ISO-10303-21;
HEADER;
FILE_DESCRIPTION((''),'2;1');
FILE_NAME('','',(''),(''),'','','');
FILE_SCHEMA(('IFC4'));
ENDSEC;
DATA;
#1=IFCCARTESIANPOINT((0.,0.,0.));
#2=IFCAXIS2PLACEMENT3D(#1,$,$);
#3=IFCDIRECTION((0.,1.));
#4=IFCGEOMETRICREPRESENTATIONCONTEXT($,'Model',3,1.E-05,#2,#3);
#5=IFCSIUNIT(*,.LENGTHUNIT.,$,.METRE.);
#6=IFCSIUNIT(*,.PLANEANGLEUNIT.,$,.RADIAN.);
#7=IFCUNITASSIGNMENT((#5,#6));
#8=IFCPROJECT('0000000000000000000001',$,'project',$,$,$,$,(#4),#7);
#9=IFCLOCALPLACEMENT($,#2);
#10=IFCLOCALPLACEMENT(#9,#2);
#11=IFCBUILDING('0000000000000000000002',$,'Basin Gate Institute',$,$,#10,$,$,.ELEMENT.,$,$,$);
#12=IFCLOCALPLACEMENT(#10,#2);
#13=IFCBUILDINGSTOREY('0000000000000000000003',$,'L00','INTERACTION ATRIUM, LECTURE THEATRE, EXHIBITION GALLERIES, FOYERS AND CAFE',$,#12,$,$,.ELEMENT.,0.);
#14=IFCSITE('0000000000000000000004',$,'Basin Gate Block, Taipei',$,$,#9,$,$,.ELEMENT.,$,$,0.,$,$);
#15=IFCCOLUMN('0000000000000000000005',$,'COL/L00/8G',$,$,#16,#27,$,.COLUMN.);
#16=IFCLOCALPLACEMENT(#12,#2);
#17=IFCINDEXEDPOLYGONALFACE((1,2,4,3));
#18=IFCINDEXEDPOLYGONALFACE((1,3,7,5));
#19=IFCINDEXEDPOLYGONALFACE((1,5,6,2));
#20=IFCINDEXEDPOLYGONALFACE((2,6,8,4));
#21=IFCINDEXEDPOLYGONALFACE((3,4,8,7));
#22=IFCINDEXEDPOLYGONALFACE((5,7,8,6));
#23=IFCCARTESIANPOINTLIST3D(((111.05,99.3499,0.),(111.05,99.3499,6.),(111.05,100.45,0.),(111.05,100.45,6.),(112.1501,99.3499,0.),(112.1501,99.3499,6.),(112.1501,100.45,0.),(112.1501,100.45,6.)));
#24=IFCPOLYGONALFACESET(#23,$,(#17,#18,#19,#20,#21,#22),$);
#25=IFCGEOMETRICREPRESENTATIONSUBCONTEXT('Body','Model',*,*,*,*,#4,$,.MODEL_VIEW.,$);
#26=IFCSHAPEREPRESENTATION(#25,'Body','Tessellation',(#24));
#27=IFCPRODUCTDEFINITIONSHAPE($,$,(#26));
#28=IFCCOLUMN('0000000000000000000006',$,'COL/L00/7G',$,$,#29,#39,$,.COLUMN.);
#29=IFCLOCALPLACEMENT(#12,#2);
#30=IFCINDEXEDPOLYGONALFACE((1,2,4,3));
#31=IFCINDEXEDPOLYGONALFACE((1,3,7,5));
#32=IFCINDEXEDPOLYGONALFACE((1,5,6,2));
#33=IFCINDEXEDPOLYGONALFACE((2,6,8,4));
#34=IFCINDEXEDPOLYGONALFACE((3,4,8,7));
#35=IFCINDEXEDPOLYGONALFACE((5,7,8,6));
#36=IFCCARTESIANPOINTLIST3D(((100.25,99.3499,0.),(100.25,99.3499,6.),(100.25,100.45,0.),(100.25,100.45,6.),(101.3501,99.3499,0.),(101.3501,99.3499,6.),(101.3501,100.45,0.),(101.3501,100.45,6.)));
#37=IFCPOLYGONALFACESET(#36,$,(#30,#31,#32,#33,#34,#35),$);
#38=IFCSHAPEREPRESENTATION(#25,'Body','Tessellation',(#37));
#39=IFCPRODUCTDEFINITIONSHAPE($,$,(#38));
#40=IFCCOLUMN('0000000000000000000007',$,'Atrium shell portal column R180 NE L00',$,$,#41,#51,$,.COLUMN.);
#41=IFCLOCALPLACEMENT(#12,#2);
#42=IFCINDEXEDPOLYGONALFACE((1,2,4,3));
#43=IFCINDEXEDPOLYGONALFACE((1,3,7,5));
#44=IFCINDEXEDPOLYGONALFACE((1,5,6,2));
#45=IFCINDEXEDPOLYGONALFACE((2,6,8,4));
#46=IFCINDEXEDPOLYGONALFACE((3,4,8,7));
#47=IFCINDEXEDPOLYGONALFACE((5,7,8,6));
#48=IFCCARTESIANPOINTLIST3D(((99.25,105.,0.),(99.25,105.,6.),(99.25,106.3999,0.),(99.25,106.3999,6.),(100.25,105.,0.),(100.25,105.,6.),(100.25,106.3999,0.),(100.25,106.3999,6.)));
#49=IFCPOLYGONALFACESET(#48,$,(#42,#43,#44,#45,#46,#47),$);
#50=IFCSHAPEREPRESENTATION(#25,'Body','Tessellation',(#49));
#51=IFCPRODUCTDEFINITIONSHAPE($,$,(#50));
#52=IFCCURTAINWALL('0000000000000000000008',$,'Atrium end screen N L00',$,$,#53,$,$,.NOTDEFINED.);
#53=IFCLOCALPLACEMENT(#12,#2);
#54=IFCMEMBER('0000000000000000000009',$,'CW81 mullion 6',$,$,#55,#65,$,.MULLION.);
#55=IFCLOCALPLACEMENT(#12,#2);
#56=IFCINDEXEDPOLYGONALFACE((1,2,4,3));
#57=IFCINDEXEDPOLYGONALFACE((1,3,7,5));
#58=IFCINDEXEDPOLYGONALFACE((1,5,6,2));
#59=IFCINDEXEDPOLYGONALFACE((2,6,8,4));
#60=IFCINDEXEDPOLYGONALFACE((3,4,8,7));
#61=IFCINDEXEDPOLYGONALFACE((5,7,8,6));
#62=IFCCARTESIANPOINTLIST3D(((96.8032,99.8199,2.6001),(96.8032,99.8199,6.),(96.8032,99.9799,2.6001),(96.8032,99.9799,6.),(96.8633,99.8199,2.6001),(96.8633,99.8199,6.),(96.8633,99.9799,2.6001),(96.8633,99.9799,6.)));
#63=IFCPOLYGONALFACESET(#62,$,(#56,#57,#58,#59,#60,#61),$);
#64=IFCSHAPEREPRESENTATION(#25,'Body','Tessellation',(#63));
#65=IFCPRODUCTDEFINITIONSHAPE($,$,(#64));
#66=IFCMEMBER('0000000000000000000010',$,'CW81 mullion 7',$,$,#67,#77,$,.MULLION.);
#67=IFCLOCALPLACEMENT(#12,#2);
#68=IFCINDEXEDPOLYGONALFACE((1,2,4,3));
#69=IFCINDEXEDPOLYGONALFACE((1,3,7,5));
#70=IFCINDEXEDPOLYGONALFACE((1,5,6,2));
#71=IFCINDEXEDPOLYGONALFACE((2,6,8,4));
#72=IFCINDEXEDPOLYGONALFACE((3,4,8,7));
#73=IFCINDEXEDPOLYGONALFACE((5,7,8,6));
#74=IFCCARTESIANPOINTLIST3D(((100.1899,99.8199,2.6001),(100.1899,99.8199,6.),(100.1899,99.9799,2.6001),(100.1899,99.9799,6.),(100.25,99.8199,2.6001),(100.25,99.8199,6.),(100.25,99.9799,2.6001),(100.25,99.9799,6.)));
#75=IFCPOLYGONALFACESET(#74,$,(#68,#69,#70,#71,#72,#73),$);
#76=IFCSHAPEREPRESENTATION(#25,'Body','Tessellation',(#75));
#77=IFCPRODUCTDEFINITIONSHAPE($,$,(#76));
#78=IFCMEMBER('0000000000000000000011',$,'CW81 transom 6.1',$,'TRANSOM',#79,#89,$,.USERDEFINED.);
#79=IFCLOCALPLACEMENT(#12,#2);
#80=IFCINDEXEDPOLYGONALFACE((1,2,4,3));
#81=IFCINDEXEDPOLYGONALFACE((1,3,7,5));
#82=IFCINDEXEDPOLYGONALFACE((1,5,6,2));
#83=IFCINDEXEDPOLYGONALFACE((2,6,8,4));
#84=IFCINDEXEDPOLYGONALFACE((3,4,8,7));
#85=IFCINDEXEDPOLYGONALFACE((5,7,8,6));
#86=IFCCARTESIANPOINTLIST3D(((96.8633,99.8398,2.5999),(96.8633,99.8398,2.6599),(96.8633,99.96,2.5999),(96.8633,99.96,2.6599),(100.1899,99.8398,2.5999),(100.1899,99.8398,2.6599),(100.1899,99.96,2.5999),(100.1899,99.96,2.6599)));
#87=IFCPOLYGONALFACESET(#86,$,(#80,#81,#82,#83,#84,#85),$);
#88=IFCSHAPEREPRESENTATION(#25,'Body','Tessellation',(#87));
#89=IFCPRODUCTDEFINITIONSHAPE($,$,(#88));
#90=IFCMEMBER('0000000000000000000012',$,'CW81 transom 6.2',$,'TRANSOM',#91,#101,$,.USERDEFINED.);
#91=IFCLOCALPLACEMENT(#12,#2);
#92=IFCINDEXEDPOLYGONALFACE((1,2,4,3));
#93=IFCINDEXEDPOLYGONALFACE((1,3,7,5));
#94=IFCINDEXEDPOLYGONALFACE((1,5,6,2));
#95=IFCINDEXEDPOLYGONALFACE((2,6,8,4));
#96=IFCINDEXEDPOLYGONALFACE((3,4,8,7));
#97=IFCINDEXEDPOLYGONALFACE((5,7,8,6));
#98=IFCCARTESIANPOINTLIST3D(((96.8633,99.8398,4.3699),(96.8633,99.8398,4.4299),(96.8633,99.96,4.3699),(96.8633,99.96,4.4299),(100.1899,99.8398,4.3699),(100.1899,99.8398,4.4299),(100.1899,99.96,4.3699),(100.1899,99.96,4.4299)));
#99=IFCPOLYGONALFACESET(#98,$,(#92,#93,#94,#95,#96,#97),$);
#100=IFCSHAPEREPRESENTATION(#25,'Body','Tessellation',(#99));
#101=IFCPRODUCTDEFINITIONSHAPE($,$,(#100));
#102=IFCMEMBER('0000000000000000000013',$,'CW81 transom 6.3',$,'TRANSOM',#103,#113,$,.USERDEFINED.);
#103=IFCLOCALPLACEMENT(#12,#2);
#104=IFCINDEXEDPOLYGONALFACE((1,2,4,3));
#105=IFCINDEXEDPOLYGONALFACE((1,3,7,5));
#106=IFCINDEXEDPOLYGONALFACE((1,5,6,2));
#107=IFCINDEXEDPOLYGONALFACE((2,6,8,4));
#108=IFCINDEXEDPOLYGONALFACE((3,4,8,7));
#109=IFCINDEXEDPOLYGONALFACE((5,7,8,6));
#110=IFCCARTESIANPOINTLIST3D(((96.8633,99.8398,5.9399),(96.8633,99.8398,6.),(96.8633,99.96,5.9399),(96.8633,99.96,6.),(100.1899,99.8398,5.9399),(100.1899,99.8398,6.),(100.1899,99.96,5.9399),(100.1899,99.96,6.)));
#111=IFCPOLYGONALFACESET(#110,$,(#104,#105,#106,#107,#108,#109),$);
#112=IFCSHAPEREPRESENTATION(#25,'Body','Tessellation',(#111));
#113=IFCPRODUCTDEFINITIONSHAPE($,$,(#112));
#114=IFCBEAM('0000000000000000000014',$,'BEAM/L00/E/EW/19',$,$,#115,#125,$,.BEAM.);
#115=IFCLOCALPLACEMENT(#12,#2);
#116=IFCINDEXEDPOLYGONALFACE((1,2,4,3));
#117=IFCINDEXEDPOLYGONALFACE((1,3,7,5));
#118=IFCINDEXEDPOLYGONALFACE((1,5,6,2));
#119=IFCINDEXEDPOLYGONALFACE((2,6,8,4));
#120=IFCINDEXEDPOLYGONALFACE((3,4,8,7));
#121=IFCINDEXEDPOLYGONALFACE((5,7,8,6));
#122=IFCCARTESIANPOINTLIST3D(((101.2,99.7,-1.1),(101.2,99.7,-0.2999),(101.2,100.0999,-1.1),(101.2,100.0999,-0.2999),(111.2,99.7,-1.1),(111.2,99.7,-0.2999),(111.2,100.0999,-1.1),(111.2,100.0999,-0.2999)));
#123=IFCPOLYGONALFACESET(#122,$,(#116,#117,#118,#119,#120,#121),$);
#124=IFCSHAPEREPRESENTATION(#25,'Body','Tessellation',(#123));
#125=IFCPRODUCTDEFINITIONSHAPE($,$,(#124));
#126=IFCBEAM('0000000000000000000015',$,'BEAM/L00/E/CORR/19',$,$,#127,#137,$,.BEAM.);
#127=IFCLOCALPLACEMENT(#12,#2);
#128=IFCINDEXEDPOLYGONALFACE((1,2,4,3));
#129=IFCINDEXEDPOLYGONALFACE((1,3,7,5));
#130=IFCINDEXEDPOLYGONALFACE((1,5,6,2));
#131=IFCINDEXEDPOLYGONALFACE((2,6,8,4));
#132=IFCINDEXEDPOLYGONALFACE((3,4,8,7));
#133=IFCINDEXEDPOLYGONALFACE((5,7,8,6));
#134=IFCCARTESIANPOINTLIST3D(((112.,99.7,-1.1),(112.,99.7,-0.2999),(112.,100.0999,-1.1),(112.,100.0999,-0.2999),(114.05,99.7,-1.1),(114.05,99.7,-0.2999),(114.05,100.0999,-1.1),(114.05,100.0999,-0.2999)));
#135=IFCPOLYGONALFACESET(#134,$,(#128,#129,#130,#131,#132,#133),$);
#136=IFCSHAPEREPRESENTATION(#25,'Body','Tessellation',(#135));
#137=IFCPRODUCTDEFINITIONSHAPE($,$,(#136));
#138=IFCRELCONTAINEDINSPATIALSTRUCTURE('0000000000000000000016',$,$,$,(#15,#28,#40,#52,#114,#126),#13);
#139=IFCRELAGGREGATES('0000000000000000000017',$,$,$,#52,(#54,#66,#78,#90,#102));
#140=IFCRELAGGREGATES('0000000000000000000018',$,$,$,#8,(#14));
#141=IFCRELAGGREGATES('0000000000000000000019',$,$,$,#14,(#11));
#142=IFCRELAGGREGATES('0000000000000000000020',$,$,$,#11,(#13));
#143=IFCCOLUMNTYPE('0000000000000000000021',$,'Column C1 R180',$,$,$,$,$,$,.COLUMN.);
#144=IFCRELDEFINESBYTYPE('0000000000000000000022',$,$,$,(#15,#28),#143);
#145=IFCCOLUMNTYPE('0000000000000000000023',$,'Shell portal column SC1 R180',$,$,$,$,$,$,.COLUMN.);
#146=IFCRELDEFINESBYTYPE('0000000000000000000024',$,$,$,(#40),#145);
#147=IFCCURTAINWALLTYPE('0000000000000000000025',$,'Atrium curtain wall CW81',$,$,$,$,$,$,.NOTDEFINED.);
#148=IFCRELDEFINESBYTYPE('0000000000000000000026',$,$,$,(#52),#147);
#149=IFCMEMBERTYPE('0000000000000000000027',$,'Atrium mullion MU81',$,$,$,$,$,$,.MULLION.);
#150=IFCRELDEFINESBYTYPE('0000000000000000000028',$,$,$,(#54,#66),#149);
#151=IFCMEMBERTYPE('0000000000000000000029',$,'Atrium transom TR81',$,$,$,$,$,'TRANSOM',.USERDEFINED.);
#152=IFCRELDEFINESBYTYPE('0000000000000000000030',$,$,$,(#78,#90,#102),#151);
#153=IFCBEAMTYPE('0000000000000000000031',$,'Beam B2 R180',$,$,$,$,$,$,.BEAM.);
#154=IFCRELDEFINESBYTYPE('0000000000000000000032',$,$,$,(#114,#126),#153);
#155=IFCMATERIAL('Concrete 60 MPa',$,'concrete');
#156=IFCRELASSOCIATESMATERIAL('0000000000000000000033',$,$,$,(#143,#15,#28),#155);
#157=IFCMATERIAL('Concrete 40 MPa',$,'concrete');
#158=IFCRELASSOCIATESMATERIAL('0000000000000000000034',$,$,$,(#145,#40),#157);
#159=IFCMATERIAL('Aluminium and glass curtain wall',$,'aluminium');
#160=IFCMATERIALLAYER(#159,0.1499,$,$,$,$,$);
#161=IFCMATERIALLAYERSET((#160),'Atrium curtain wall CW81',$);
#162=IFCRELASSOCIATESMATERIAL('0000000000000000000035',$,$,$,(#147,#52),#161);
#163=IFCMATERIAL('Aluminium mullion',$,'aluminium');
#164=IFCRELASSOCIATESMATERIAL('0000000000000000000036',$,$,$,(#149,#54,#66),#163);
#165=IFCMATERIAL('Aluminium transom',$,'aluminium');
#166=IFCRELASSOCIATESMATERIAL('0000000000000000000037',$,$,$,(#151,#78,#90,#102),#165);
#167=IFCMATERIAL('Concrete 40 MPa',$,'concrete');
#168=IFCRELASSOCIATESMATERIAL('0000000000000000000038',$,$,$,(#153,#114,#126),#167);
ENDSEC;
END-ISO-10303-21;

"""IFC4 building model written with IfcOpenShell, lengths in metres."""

from ifc_helpers import new_model, si_unit, direction, frame, origin, origin_2d, place, context, subcontext, project, spatial, rectangle, extrude, material, layer, layer_set, material_profile, profile_set, type_object, element, aggregate, save


model = new_model("IFC4")

# Units and contexts
model_context = context("Model", 3, precision=1e-05, world=origin(), true_north=direction((0.0, 1.0)))
body_context = subcontext(model_context, "Body", "Model", "MODEL_VIEW")
ifc_project = project(units=[si_unit("LENGTHUNIT", "METRE"), si_unit("PLANEANGLEUNIT", "RADIAN")], contexts=[model_context])

# Site, building, storey
site_placement = place(None, origin())
site = spatial("IfcSite", under=ifc_project, at=site_placement, Name="Basin Gate Block, Taipei", CompositionType="ELEMENT", RefElevation=0.0)
building_placement = place(site_placement, origin())
building = spatial("IfcBuilding", under=site, at=building_placement, Name="Basin Gate Institute", CompositionType="ELEMENT")
storey_placement = place(building_placement, origin())
storey = spatial("IfcBuildingStorey", under=building, at=storey_placement, Name="L00", Description="INTERACTION ATRIUM, LECTURE THEATRE, EXHIBITION GALLERIES, FOYERS AND CAFE", CompositionType="ELEMENT", Elevation=0.0)

# Columns
ifc_material_1 = material(Name="Concrete 60 MPa", Category="concrete")
ifc_material_profile_1 = material_profile(ifc_material_1, rectangle(XDim=1.1001, YDim=1.1001, at=origin_2d()), Name="Column C1 1100 x 1100")
ifc_profile_set_1 = profile_set([ifc_material_profile_1], Name="Concrete 60 MPa")
column_type_1 = type_object("IfcColumnType", Name="Column C1 R180", PredefinedType="COLUMN", material=ifc_profile_set_1)
for number, where, z_axis, x_axis, name in (
    (1, (111.6001, 99.8999, 0.0), (0.0, 0.0, 1.0), (1.0, 0.0, 0.0), "COL/L00/8G"),
    (2, (100.8, 99.8999, 0.0), (0.0, 0.0, 1.0), (1.0, 0.0, 0.0), "COL/L00/7G"),
):
    element("IfcColumn", number, at=place(storey_placement, frame(where, z_axis=z_axis, x_axis=x_axis)), inside=storey, type_object=column_type_1, material=ifc_profile_set_1, Name=name, PredefinedType="COLUMN", context=body_context, shape_type="SweptSolid", body=[
        extrude(rectangle(XDim=1.1001, YDim=1.1001, at=origin_2d()), origin(), (0.0, 0.0, 1.0), 6.0),
    ])
ifc_material_2 = material(Name="Concrete 40 MPa", Category="concrete")
ifc_material_profile_2 = material_profile(ifc_material_2, rectangle(XDim=1.0, YDim=1.3999, at=origin_2d()), Name="Shell portal column SC1 1000 x 1400")
ifc_profile_set_2 = profile_set([ifc_material_profile_2], Name="Concrete 40 MPa")
column_type_2 = type_object("IfcColumnType", Name="Shell portal column SC1 R180", PredefinedType="COLUMN", material=ifc_profile_set_2)
column_placement = place(storey_placement, frame((99.75, 105.7, 0.0), z_axis=(0.0, 0.0, 1.0), x_axis=(1.0, 0.0, 0.0)))
element("IfcColumn", 3, at=column_placement, inside=storey, type_object=column_type_2, material=ifc_profile_set_2, Name="Atrium shell portal column R180 NE L00", PredefinedType="COLUMN", context=body_context, shape_type="SweptSolid", body=[
    extrude(rectangle(XDim=1.0, YDim=1.3999, at=origin_2d()), origin(), (0.0, 0.0, 1.0), 6.0),
])

# Curtain wall, members
ifc_material_3 = material(Name="Aluminium and glass curtain wall", Category="aluminium")
ifc_layer_1 = layer(ifc_material_3, 0.1499)
ifc_layer_set_1 = layer_set([ifc_layer_1], Name="Atrium curtain wall CW81")
curtain_wall_type = type_object("IfcCurtainWallType", Name="Atrium curtain wall CW81", PredefinedType="NOTDEFINED", material=ifc_layer_set_1)
curtain_wall_placement = place(storey_placement, origin())
curtain_wall = element("IfcCurtainWall", 4, at=curtain_wall_placement, inside=storey, type_object=curtain_wall_type, material=ifc_layer_set_1, Name="Atrium end screen N L00", PredefinedType="NOTDEFINED")
ifc_material_4 = material(Name="Aluminium mullion", Category="aluminium")
ifc_material_profile_3 = material_profile(ifc_material_4, rectangle(XDim=0.1599, YDim=0.0601, at=origin_2d()), Name="Atrium mullion MU81 160 x 60")
ifc_profile_set_3 = profile_set([ifc_material_profile_3], Name="Aluminium mullion")
member_type_1 = type_object("IfcMemberType", Name="Atrium mullion MU81", PredefinedType="MULLION", material=ifc_profile_set_3)
member_1_placement = place(storey_placement, frame((96.8333, 99.8999, 2.6001), z_axis=(0.0, 0.0, 1.0), x_axis=(0.0, 1.0, 0.0)))
member_1 = element("IfcMember", 5, at=member_1_placement, type_object=member_type_1, material=ifc_profile_set_3, Name="CW81 mullion 6", PredefinedType="MULLION", context=body_context, shape_type="SweptSolid", body=[
    extrude(rectangle(XDim=0.1599, YDim=0.0601, at=origin_2d()), origin(), (0.0, 0.0, 1.0), 3.3999),
])
member_2_placement = place(storey_placement, frame((100.22, 99.8999, 2.6001), z_axis=(0.0, 0.0, 1.0), x_axis=(0.0, 1.0, 0.0)))
member_2 = element("IfcMember", 6, at=member_2_placement, type_object=member_type_1, material=ifc_profile_set_3, Name="CW81 mullion 7", PredefinedType="MULLION", context=body_context, shape_type="SweptSolid", body=[
    extrude(rectangle(XDim=0.1599, YDim=0.0601, at=origin_2d()), origin(), (0.0, 0.0, 1.0), 3.3999),
])
ifc_material_5 = material(Name="Aluminium transom", Category="aluminium")
ifc_material_profile_4 = material_profile(ifc_material_5, rectangle(XDim=0.1201, YDim=0.0601, at=origin_2d()), Name="Atrium transom TR81 120 x 60")
ifc_profile_set_4 = profile_set([ifc_material_profile_4], Name="Aluminium transom")
member_type_2 = type_object("IfcMemberType", Name="Atrium transom TR81", ElementType="TRANSOM", PredefinedType="USERDEFINED", material=ifc_profile_set_4)
member_3_placement = place(storey_placement, frame((96.8633, 99.8999, 2.6299), z_axis=(1.0, 0.0, 0.0), x_axis=(0.0, 1.0, 0.0)))
member_3 = element("IfcMember", 7, at=member_3_placement, type_object=member_type_2, material=ifc_profile_set_4, Name="CW81 transom 6.1", ObjectType="TRANSOM", PredefinedType="USERDEFINED", context=body_context, shape_type="SweptSolid", body=[
    extrude(rectangle(XDim=0.1201, YDim=0.0601, at=origin_2d()), origin(), (0.0, 0.0, 1.0), 3.3267),
])
member_4_placement = place(storey_placement, frame((96.8633, 99.8999, 4.3999), z_axis=(1.0, 0.0, 0.0), x_axis=(0.0, 1.0, 0.0)))
member_4 = element("IfcMember", 8, at=member_4_placement, type_object=member_type_2, material=ifc_profile_set_4, Name="CW81 transom 6.2", ObjectType="TRANSOM", PredefinedType="USERDEFINED", context=body_context, shape_type="SweptSolid", body=[
    extrude(rectangle(XDim=0.1201, YDim=0.0601, at=origin_2d()), origin(), (0.0, 0.0, 1.0), 3.3267),
])
member_5_placement = place(storey_placement, frame((96.8633, 99.8999, 5.97), z_axis=(1.0, 0.0, 0.0), x_axis=(0.0, 1.0, 0.0)))
member_5 = element("IfcMember", 9, at=member_5_placement, type_object=member_type_2, material=ifc_profile_set_4, Name="CW81 transom 6.3", ObjectType="TRANSOM", PredefinedType="USERDEFINED", context=body_context, shape_type="SweptSolid", body=[
    extrude(rectangle(XDim=0.1201, YDim=0.0601, at=origin_2d()), origin(), (0.0, 0.0, 1.0), 3.3267),
])

# Beams
ifc_material_6 = material(Name="Concrete 40 MPa", Category="concrete")
ifc_material_profile_5 = material_profile(ifc_material_6, rectangle(XDim=0.3999, YDim=0.8, at=origin_2d()), Name="Beam B2 400 x 800")
ifc_profile_set_5 = profile_set([ifc_material_profile_5], Name="Concrete 40 MPa")
beam_type = type_object("IfcBeamType", Name="Beam B2 R180", PredefinedType="BEAM", material=ifc_profile_set_5)
beam_1_placement = place(storey_placement, frame((111.2, 99.8999, -0.7), z_axis=(-1.0, 0.0, 0.0), x_axis=(0.0, -1.0, 0.0)))
element("IfcBeam", 10, at=beam_1_placement, inside=storey, type_object=beam_type, material=ifc_profile_set_5, Name="BEAM/L00/E/EW/19", PredefinedType="BEAM", context=body_context, shape_type="SweptSolid", body=[
    extrude(rectangle(XDim=0.3999, YDim=0.8, at=origin_2d()), origin(), (0.0, 0.0, 1.0), 10.0),
])
beam_2_placement = place(storey_placement, frame((114.05, 99.8999, -0.7), z_axis=(-1.0, 0.0, 0.0), x_axis=(0.0, -1.0, 0.0)))
element("IfcBeam", 11, at=beam_2_placement, inside=storey, type_object=beam_type, material=ifc_profile_set_5, Name="BEAM/L00/E/CORR/19", PredefinedType="BEAM", context=body_context, shape_type="SweptSolid", body=[
    extrude(rectangle(XDim=0.3999, YDim=0.8, at=origin_2d()), origin(), (0.0, 0.0, 1.0), 2.05),
])

aggregate(curtain_wall, [member_1, member_2, member_3, member_4, member_5])

save(model, "model.ifc")
